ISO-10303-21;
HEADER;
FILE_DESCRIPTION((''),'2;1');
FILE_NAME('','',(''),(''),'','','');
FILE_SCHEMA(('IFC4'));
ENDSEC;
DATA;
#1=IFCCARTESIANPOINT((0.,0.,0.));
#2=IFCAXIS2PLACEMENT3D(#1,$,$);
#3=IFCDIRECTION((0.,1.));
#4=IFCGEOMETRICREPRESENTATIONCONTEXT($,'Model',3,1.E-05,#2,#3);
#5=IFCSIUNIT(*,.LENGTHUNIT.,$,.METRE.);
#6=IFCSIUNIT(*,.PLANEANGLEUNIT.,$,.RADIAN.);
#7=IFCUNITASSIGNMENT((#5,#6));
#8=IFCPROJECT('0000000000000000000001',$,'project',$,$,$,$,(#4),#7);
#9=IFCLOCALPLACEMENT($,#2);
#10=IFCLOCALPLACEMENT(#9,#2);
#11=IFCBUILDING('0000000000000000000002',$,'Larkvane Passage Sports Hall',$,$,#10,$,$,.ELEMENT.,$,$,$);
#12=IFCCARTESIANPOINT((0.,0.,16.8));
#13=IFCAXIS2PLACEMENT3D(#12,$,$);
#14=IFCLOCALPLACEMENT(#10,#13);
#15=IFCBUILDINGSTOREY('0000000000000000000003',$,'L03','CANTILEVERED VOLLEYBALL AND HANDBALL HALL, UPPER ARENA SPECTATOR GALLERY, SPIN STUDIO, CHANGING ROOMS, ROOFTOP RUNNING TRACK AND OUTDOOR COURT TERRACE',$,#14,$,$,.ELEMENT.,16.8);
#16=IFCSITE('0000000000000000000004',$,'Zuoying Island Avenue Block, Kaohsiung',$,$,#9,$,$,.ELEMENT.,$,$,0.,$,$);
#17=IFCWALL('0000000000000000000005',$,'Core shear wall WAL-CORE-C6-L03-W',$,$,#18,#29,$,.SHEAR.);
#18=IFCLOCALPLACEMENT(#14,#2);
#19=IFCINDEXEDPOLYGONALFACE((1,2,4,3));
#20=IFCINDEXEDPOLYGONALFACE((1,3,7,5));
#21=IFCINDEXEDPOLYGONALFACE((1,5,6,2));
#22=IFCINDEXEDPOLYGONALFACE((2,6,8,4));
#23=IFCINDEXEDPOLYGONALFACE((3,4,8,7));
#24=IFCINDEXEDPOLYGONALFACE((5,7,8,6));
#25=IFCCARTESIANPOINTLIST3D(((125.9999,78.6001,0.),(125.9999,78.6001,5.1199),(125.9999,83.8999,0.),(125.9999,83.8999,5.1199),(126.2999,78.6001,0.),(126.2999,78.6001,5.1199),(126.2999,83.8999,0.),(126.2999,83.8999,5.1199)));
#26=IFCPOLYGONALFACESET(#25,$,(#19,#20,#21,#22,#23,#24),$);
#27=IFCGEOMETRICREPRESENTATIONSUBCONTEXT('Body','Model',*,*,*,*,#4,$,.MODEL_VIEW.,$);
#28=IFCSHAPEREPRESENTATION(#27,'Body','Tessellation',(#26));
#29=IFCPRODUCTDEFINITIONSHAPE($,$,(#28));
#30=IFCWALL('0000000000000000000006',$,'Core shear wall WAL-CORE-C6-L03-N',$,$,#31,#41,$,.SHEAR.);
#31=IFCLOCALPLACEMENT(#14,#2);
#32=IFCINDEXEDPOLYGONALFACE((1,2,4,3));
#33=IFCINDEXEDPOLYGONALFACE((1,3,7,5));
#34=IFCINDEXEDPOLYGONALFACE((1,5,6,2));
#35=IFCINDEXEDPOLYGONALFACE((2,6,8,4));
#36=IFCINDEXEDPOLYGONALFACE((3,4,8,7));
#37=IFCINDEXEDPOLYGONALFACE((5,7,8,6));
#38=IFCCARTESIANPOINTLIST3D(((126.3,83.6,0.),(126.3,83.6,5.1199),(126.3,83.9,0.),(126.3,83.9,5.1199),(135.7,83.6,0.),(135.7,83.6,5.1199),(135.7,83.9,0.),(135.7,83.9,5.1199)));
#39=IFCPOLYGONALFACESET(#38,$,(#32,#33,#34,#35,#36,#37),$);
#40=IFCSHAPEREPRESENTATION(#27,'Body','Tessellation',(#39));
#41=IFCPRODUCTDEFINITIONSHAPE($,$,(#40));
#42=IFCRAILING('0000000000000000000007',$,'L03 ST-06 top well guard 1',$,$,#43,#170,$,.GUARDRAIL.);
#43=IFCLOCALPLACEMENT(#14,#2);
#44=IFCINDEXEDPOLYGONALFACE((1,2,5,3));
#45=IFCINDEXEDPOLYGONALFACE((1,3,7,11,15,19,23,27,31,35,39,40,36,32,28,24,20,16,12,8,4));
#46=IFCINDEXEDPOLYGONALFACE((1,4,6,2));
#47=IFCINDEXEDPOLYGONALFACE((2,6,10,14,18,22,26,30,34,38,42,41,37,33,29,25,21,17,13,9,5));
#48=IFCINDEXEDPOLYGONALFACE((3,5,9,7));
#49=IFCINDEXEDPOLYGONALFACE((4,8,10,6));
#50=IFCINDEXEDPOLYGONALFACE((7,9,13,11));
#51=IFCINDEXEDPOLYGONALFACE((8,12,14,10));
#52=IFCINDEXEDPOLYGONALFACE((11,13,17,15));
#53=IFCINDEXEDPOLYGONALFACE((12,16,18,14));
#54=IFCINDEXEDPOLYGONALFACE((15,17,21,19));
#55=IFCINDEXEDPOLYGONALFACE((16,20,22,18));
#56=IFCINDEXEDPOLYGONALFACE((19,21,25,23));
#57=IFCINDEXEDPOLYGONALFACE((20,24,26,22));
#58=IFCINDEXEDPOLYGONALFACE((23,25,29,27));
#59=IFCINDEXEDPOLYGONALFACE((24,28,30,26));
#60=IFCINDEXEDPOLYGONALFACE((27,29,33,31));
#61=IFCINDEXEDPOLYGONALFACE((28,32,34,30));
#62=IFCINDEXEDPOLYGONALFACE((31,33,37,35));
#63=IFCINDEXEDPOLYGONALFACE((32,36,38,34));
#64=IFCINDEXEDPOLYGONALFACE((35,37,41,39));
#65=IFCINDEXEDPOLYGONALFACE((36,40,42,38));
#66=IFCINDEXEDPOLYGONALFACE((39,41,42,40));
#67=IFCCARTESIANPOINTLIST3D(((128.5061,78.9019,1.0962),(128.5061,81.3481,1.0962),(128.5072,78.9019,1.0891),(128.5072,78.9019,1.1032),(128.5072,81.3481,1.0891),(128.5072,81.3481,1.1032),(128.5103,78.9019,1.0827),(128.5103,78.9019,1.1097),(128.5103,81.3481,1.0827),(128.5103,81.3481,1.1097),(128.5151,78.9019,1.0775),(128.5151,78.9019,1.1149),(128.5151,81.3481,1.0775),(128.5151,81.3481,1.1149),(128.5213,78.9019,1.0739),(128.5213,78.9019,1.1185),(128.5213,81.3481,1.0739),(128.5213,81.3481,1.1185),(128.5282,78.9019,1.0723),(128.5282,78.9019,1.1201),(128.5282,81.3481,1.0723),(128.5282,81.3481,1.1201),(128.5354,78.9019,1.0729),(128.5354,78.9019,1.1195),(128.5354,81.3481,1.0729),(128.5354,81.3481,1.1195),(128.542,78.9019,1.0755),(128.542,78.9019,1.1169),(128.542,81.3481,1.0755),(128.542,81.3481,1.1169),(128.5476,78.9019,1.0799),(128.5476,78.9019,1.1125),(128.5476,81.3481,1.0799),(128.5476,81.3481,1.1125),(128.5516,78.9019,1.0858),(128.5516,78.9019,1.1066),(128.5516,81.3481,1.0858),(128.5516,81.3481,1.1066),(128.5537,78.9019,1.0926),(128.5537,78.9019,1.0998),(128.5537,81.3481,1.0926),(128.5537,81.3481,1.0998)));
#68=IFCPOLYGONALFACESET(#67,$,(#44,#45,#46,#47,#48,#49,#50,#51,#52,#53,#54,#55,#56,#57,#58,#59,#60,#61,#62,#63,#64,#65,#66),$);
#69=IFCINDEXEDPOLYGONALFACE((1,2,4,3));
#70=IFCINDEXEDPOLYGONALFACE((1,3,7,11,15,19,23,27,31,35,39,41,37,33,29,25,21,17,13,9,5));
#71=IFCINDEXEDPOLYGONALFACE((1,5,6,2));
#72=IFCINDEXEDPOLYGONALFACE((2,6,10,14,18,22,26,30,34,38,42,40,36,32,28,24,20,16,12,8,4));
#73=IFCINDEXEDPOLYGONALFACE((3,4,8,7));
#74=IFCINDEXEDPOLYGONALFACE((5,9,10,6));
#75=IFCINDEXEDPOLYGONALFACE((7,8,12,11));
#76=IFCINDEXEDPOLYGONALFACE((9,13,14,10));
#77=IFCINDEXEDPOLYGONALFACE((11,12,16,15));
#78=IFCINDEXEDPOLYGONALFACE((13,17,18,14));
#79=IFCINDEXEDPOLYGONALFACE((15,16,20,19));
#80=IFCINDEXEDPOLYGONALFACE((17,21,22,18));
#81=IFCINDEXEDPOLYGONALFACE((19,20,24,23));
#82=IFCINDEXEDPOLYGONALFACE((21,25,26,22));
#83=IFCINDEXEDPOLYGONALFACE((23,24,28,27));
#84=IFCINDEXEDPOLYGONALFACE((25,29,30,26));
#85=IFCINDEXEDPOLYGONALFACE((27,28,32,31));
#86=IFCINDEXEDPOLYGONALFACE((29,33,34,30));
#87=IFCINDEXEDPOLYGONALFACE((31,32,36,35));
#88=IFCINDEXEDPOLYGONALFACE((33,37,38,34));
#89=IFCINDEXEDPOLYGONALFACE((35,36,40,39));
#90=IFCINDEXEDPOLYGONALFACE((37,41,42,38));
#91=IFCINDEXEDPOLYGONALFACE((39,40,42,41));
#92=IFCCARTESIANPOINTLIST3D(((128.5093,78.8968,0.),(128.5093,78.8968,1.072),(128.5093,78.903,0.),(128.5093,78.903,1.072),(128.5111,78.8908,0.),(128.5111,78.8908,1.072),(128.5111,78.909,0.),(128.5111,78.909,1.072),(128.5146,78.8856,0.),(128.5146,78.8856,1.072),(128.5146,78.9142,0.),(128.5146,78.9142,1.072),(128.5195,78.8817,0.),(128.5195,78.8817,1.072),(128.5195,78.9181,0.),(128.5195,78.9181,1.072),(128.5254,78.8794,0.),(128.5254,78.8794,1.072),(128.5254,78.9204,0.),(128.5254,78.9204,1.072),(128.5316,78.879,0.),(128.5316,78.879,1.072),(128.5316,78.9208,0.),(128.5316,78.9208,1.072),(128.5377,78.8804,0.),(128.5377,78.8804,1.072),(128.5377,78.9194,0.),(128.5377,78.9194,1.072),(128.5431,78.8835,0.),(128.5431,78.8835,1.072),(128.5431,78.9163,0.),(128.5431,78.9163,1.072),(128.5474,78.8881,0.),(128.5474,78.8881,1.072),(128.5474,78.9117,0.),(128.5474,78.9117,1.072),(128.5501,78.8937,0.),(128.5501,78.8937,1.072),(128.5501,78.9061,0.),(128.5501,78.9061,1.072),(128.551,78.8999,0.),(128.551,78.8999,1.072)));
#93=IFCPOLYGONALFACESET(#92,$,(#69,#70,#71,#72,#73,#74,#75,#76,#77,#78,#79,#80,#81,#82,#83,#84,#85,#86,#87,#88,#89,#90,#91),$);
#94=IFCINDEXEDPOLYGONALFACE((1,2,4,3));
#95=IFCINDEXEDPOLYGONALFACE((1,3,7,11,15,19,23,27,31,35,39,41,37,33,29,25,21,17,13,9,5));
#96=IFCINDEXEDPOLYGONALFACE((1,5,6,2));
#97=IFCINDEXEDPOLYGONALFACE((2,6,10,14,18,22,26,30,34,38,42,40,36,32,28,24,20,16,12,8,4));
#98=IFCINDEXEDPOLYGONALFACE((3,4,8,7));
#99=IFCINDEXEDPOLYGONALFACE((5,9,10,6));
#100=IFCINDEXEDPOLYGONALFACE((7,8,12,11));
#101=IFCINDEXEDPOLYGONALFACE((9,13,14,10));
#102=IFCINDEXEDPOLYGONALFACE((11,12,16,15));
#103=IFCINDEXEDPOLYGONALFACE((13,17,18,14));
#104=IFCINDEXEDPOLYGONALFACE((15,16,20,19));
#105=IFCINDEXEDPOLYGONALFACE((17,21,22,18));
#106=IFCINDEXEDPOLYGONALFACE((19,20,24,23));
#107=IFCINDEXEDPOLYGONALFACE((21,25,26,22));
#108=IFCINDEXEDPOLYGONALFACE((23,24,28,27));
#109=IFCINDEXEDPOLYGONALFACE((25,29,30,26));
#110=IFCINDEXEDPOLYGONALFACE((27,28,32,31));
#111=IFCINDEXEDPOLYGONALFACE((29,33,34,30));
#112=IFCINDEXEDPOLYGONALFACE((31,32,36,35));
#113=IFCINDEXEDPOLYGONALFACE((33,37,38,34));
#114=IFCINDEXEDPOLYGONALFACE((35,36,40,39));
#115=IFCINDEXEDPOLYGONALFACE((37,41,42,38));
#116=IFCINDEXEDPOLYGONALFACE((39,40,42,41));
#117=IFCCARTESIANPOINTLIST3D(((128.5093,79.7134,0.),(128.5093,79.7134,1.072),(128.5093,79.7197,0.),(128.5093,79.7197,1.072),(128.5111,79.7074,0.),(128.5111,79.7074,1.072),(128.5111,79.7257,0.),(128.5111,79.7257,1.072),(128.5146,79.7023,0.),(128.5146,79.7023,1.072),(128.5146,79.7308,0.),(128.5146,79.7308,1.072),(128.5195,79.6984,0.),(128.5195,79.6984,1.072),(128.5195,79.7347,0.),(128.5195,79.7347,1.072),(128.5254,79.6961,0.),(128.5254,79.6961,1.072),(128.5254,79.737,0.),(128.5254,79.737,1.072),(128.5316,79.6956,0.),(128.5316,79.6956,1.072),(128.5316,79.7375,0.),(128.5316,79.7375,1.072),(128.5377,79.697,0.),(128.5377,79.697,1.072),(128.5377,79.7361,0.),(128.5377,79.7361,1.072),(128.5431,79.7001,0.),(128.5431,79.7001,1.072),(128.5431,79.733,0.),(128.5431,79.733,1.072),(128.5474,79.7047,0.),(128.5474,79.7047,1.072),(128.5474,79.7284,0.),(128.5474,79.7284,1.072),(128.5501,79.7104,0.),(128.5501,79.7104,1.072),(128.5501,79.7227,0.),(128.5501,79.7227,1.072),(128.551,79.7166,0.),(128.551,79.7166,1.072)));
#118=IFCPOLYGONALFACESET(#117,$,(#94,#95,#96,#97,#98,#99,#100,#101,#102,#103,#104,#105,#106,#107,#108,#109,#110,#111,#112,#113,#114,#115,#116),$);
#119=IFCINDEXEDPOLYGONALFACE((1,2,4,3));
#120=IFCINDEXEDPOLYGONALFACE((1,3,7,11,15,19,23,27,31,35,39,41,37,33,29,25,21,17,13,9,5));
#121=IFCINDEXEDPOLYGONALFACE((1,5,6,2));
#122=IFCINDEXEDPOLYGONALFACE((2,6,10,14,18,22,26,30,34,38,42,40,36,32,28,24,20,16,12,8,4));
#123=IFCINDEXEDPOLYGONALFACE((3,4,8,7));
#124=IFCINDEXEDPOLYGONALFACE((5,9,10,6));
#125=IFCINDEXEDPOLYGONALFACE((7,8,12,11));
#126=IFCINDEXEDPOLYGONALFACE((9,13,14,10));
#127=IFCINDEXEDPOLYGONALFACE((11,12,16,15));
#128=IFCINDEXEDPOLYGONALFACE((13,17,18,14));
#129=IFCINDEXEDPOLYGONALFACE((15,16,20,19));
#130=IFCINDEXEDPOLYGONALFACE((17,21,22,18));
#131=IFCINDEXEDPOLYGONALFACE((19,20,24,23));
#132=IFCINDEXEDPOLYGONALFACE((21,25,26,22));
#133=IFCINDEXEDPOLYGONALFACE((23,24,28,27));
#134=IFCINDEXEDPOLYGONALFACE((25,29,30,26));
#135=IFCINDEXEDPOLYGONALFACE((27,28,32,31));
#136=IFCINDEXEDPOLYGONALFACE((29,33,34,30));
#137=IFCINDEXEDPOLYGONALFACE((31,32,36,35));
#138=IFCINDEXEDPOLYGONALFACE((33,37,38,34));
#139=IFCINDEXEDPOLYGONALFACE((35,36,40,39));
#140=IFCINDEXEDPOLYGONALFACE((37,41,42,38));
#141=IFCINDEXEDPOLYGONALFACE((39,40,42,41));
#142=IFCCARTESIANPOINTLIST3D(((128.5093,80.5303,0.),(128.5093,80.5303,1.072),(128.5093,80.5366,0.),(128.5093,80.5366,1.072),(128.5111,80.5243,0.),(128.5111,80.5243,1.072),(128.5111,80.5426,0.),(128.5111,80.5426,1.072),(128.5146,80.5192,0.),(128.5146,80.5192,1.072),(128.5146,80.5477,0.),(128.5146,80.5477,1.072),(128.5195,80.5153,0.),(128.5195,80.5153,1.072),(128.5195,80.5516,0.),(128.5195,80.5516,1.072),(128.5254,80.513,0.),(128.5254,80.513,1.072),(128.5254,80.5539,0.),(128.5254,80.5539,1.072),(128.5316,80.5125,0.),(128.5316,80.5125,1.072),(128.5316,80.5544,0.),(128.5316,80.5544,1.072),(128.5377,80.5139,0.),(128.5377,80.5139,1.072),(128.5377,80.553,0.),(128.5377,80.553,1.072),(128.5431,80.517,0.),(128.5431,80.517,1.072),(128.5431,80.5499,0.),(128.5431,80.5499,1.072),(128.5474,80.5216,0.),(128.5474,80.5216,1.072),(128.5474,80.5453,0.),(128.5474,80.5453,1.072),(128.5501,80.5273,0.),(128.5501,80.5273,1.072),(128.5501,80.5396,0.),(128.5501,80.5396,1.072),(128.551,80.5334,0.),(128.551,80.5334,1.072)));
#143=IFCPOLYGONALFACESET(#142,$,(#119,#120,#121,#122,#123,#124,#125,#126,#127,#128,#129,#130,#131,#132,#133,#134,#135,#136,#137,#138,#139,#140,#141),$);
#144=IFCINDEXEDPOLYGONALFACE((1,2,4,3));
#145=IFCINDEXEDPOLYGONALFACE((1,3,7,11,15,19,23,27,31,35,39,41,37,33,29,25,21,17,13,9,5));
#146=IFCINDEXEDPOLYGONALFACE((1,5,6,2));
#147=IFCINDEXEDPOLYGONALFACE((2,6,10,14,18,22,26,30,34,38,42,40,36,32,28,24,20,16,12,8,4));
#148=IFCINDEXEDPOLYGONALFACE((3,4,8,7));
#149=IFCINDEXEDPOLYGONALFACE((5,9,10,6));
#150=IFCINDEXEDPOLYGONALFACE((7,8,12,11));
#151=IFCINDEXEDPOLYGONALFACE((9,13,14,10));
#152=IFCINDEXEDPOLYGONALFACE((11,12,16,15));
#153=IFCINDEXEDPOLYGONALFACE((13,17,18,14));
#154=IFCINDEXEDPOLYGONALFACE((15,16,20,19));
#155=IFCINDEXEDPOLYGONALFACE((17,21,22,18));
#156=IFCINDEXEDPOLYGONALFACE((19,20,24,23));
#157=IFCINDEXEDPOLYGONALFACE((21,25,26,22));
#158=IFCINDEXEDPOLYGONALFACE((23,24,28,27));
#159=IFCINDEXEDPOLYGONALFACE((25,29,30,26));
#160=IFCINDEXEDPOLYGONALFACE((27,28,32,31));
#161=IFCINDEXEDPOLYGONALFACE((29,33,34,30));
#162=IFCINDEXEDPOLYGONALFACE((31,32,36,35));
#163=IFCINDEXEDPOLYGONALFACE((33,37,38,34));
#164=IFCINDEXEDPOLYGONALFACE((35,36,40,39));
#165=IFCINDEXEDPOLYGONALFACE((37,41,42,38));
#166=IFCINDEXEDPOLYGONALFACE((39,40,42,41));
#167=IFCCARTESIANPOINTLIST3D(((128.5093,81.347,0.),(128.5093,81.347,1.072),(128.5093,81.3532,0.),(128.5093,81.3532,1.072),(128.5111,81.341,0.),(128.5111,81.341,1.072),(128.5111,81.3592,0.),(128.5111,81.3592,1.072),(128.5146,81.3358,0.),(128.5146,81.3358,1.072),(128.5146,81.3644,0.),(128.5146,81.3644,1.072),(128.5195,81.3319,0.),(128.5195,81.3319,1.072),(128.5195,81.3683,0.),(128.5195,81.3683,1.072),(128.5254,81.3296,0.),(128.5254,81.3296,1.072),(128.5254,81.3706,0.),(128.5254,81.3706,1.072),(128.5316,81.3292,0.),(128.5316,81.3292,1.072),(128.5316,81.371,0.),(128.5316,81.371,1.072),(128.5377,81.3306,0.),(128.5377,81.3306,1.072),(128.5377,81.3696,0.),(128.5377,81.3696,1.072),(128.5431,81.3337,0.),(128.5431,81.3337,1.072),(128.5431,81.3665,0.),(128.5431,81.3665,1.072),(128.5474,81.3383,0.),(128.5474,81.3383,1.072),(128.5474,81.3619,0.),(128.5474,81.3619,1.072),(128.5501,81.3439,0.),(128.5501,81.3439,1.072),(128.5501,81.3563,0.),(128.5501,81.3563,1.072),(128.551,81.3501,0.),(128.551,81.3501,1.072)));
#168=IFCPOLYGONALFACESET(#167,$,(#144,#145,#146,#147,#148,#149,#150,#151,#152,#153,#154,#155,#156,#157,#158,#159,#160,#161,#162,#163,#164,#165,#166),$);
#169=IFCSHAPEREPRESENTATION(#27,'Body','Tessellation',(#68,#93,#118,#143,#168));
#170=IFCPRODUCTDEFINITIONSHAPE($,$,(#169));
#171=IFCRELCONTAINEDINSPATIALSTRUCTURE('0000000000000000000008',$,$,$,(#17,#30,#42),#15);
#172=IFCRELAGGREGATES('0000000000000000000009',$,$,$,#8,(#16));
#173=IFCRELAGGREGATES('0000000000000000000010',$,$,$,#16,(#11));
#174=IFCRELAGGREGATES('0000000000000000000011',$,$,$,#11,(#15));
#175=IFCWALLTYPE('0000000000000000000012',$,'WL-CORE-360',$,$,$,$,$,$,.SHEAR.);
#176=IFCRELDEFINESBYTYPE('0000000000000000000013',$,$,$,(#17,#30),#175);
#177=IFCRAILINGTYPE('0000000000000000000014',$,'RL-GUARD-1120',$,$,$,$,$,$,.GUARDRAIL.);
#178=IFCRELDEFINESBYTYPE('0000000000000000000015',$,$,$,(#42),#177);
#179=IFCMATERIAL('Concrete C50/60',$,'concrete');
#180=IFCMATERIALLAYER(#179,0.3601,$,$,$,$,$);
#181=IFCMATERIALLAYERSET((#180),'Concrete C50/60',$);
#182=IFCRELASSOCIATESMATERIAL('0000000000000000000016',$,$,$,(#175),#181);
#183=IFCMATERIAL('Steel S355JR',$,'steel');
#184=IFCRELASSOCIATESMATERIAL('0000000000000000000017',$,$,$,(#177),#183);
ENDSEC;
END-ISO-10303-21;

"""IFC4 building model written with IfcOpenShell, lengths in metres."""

from ifc_helpers import new_model, si_unit, direction, frame, frame_2d, origin, origin_2d, place, context, subcontext, project, spatial, rectangle, circle, extrude, material, layer, layer_set, type_object, element, save


model = new_model("IFC4")

# Units and contexts
model_context = context("Model", 3, precision=1e-05, world=origin(), true_north=direction((0.0, 1.0)))
body_context = subcontext(model_context, "Body", "Model", "MODEL_VIEW")
ifc_project = project(units=[si_unit("LENGTHUNIT", "METRE"), si_unit("PLANEANGLEUNIT", "RADIAN")], contexts=[model_context])

# Site, building, storey
site_placement = place(None, origin())
site = spatial("IfcSite", under=ifc_project, at=site_placement, Name="Zuoying Island Avenue Block, Kaohsiung", CompositionType="ELEMENT", RefElevation=0.0)
building_placement = place(site_placement, origin())
building = spatial("IfcBuilding", under=site, at=building_placement, Name="Larkvane Passage Sports Hall", CompositionType="ELEMENT")
storey_placement = place(building_placement, frame((0.0, 0.0, 16.8)))
storey = spatial("IfcBuildingStorey", under=building, at=storey_placement, Name="L03", Description="CANTILEVERED VOLLEYBALL AND HANDBALL HALL, UPPER ARENA SPECTATOR GALLERY, SPIN STUDIO, CHANGING ROOMS, ROOFTOP RUNNING TRACK AND OUTDOOR COURT TERRACE", CompositionType="ELEMENT", Elevation=16.8)

# Walls
ifc_material_1 = material(Name="Concrete C50/60", Category="concrete")
ifc_layer_1 = layer(ifc_material_1, 0.3601)
ifc_layer_set_1 = layer_set([ifc_layer_1], Name="Concrete C50/60")
wall_type = type_object("IfcWallType", Name="WL-CORE-360", PredefinedType="SHEAR", material=ifc_layer_set_1)
wall_1_placement = place(storey_placement, frame((126.1499, 78.6001, 0.0), z_axis=(0.0, 0.0, 1.0), x_axis=(0.0, 1.0, 0.0)))
element("IfcWall", 1, at=wall_1_placement, inside=storey, type_object=wall_type, Name="Core shear wall WAL-CORE-C6-L03-W", PredefinedType="SHEAR", context=body_context, shape_type="SweptSolid", body=[
    extrude(rectangle(XDim=5.2998, YDim=0.3, at=frame_2d((2.6499, 0.0))), origin(), (0.0, 0.0, 1.0), 5.1199),
])
wall_2_placement = place(storey_placement, frame((126.3, 83.75, 0.0), z_axis=(0.0, 0.0, 1.0), x_axis=(1.0, 0.0, 0.0)))
element("IfcWall", 2, at=wall_2_placement, inside=storey, type_object=wall_type, Name="Core shear wall WAL-CORE-C6-L03-N", PredefinedType="SHEAR", context=body_context, shape_type="SweptSolid", body=[
    extrude(rectangle(XDim=9.3999, YDim=0.3, at=frame_2d((4.7, 0.0))), origin(), (0.0, 0.0, 1.0), 5.1199),
])

# Railing
ifc_material_2 = material(Name="Steel S355JR", Category="steel")
railing_type = type_object("IfcRailingType", Name="RL-GUARD-1120", PredefinedType="GUARDRAIL", material=ifc_material_2)
railing_placement = place(storey_placement, frame((128.53, 78.8999, 0.0)))
element("IfcRailing", 3, at=railing_placement, inside=storey, type_object=railing_type, Name="L03 ST-06 top well guard 1", PredefinedType="GUARDRAIL", context=body_context, shape_type="SweptSolid", body=[
    extrude(circle(Radius=0.0239, at=origin_2d()), frame((0.0, 0.002, 1.0962), z_axis=(0.0, 1.0, 0.0), x_axis=(-1.0, 0.0, 0.0)), (0.0, 0.0, 1.0), 2.4463),
    extrude(circle(Radius=0.021, at=origin_2d()), origin(), (0.0, 0.0, 1.0), 1.072),
    extrude(circle(Radius=0.021, at=origin_2d()), frame((0.0, 0.8167, 0.0)), (0.0, 0.0, 1.0), 1.072),
    extrude(circle(Radius=0.021, at=origin_2d()), frame((0.0, 1.6335, 0.0)), (0.0, 0.0, 1.0), 1.072),
    extrude(circle(Radius=0.021, at=origin_2d()), frame((0.0, 2.4502, 0.0)), (0.0, 0.0, 1.0), 1.072),
])

save(model, "model.ifc")
